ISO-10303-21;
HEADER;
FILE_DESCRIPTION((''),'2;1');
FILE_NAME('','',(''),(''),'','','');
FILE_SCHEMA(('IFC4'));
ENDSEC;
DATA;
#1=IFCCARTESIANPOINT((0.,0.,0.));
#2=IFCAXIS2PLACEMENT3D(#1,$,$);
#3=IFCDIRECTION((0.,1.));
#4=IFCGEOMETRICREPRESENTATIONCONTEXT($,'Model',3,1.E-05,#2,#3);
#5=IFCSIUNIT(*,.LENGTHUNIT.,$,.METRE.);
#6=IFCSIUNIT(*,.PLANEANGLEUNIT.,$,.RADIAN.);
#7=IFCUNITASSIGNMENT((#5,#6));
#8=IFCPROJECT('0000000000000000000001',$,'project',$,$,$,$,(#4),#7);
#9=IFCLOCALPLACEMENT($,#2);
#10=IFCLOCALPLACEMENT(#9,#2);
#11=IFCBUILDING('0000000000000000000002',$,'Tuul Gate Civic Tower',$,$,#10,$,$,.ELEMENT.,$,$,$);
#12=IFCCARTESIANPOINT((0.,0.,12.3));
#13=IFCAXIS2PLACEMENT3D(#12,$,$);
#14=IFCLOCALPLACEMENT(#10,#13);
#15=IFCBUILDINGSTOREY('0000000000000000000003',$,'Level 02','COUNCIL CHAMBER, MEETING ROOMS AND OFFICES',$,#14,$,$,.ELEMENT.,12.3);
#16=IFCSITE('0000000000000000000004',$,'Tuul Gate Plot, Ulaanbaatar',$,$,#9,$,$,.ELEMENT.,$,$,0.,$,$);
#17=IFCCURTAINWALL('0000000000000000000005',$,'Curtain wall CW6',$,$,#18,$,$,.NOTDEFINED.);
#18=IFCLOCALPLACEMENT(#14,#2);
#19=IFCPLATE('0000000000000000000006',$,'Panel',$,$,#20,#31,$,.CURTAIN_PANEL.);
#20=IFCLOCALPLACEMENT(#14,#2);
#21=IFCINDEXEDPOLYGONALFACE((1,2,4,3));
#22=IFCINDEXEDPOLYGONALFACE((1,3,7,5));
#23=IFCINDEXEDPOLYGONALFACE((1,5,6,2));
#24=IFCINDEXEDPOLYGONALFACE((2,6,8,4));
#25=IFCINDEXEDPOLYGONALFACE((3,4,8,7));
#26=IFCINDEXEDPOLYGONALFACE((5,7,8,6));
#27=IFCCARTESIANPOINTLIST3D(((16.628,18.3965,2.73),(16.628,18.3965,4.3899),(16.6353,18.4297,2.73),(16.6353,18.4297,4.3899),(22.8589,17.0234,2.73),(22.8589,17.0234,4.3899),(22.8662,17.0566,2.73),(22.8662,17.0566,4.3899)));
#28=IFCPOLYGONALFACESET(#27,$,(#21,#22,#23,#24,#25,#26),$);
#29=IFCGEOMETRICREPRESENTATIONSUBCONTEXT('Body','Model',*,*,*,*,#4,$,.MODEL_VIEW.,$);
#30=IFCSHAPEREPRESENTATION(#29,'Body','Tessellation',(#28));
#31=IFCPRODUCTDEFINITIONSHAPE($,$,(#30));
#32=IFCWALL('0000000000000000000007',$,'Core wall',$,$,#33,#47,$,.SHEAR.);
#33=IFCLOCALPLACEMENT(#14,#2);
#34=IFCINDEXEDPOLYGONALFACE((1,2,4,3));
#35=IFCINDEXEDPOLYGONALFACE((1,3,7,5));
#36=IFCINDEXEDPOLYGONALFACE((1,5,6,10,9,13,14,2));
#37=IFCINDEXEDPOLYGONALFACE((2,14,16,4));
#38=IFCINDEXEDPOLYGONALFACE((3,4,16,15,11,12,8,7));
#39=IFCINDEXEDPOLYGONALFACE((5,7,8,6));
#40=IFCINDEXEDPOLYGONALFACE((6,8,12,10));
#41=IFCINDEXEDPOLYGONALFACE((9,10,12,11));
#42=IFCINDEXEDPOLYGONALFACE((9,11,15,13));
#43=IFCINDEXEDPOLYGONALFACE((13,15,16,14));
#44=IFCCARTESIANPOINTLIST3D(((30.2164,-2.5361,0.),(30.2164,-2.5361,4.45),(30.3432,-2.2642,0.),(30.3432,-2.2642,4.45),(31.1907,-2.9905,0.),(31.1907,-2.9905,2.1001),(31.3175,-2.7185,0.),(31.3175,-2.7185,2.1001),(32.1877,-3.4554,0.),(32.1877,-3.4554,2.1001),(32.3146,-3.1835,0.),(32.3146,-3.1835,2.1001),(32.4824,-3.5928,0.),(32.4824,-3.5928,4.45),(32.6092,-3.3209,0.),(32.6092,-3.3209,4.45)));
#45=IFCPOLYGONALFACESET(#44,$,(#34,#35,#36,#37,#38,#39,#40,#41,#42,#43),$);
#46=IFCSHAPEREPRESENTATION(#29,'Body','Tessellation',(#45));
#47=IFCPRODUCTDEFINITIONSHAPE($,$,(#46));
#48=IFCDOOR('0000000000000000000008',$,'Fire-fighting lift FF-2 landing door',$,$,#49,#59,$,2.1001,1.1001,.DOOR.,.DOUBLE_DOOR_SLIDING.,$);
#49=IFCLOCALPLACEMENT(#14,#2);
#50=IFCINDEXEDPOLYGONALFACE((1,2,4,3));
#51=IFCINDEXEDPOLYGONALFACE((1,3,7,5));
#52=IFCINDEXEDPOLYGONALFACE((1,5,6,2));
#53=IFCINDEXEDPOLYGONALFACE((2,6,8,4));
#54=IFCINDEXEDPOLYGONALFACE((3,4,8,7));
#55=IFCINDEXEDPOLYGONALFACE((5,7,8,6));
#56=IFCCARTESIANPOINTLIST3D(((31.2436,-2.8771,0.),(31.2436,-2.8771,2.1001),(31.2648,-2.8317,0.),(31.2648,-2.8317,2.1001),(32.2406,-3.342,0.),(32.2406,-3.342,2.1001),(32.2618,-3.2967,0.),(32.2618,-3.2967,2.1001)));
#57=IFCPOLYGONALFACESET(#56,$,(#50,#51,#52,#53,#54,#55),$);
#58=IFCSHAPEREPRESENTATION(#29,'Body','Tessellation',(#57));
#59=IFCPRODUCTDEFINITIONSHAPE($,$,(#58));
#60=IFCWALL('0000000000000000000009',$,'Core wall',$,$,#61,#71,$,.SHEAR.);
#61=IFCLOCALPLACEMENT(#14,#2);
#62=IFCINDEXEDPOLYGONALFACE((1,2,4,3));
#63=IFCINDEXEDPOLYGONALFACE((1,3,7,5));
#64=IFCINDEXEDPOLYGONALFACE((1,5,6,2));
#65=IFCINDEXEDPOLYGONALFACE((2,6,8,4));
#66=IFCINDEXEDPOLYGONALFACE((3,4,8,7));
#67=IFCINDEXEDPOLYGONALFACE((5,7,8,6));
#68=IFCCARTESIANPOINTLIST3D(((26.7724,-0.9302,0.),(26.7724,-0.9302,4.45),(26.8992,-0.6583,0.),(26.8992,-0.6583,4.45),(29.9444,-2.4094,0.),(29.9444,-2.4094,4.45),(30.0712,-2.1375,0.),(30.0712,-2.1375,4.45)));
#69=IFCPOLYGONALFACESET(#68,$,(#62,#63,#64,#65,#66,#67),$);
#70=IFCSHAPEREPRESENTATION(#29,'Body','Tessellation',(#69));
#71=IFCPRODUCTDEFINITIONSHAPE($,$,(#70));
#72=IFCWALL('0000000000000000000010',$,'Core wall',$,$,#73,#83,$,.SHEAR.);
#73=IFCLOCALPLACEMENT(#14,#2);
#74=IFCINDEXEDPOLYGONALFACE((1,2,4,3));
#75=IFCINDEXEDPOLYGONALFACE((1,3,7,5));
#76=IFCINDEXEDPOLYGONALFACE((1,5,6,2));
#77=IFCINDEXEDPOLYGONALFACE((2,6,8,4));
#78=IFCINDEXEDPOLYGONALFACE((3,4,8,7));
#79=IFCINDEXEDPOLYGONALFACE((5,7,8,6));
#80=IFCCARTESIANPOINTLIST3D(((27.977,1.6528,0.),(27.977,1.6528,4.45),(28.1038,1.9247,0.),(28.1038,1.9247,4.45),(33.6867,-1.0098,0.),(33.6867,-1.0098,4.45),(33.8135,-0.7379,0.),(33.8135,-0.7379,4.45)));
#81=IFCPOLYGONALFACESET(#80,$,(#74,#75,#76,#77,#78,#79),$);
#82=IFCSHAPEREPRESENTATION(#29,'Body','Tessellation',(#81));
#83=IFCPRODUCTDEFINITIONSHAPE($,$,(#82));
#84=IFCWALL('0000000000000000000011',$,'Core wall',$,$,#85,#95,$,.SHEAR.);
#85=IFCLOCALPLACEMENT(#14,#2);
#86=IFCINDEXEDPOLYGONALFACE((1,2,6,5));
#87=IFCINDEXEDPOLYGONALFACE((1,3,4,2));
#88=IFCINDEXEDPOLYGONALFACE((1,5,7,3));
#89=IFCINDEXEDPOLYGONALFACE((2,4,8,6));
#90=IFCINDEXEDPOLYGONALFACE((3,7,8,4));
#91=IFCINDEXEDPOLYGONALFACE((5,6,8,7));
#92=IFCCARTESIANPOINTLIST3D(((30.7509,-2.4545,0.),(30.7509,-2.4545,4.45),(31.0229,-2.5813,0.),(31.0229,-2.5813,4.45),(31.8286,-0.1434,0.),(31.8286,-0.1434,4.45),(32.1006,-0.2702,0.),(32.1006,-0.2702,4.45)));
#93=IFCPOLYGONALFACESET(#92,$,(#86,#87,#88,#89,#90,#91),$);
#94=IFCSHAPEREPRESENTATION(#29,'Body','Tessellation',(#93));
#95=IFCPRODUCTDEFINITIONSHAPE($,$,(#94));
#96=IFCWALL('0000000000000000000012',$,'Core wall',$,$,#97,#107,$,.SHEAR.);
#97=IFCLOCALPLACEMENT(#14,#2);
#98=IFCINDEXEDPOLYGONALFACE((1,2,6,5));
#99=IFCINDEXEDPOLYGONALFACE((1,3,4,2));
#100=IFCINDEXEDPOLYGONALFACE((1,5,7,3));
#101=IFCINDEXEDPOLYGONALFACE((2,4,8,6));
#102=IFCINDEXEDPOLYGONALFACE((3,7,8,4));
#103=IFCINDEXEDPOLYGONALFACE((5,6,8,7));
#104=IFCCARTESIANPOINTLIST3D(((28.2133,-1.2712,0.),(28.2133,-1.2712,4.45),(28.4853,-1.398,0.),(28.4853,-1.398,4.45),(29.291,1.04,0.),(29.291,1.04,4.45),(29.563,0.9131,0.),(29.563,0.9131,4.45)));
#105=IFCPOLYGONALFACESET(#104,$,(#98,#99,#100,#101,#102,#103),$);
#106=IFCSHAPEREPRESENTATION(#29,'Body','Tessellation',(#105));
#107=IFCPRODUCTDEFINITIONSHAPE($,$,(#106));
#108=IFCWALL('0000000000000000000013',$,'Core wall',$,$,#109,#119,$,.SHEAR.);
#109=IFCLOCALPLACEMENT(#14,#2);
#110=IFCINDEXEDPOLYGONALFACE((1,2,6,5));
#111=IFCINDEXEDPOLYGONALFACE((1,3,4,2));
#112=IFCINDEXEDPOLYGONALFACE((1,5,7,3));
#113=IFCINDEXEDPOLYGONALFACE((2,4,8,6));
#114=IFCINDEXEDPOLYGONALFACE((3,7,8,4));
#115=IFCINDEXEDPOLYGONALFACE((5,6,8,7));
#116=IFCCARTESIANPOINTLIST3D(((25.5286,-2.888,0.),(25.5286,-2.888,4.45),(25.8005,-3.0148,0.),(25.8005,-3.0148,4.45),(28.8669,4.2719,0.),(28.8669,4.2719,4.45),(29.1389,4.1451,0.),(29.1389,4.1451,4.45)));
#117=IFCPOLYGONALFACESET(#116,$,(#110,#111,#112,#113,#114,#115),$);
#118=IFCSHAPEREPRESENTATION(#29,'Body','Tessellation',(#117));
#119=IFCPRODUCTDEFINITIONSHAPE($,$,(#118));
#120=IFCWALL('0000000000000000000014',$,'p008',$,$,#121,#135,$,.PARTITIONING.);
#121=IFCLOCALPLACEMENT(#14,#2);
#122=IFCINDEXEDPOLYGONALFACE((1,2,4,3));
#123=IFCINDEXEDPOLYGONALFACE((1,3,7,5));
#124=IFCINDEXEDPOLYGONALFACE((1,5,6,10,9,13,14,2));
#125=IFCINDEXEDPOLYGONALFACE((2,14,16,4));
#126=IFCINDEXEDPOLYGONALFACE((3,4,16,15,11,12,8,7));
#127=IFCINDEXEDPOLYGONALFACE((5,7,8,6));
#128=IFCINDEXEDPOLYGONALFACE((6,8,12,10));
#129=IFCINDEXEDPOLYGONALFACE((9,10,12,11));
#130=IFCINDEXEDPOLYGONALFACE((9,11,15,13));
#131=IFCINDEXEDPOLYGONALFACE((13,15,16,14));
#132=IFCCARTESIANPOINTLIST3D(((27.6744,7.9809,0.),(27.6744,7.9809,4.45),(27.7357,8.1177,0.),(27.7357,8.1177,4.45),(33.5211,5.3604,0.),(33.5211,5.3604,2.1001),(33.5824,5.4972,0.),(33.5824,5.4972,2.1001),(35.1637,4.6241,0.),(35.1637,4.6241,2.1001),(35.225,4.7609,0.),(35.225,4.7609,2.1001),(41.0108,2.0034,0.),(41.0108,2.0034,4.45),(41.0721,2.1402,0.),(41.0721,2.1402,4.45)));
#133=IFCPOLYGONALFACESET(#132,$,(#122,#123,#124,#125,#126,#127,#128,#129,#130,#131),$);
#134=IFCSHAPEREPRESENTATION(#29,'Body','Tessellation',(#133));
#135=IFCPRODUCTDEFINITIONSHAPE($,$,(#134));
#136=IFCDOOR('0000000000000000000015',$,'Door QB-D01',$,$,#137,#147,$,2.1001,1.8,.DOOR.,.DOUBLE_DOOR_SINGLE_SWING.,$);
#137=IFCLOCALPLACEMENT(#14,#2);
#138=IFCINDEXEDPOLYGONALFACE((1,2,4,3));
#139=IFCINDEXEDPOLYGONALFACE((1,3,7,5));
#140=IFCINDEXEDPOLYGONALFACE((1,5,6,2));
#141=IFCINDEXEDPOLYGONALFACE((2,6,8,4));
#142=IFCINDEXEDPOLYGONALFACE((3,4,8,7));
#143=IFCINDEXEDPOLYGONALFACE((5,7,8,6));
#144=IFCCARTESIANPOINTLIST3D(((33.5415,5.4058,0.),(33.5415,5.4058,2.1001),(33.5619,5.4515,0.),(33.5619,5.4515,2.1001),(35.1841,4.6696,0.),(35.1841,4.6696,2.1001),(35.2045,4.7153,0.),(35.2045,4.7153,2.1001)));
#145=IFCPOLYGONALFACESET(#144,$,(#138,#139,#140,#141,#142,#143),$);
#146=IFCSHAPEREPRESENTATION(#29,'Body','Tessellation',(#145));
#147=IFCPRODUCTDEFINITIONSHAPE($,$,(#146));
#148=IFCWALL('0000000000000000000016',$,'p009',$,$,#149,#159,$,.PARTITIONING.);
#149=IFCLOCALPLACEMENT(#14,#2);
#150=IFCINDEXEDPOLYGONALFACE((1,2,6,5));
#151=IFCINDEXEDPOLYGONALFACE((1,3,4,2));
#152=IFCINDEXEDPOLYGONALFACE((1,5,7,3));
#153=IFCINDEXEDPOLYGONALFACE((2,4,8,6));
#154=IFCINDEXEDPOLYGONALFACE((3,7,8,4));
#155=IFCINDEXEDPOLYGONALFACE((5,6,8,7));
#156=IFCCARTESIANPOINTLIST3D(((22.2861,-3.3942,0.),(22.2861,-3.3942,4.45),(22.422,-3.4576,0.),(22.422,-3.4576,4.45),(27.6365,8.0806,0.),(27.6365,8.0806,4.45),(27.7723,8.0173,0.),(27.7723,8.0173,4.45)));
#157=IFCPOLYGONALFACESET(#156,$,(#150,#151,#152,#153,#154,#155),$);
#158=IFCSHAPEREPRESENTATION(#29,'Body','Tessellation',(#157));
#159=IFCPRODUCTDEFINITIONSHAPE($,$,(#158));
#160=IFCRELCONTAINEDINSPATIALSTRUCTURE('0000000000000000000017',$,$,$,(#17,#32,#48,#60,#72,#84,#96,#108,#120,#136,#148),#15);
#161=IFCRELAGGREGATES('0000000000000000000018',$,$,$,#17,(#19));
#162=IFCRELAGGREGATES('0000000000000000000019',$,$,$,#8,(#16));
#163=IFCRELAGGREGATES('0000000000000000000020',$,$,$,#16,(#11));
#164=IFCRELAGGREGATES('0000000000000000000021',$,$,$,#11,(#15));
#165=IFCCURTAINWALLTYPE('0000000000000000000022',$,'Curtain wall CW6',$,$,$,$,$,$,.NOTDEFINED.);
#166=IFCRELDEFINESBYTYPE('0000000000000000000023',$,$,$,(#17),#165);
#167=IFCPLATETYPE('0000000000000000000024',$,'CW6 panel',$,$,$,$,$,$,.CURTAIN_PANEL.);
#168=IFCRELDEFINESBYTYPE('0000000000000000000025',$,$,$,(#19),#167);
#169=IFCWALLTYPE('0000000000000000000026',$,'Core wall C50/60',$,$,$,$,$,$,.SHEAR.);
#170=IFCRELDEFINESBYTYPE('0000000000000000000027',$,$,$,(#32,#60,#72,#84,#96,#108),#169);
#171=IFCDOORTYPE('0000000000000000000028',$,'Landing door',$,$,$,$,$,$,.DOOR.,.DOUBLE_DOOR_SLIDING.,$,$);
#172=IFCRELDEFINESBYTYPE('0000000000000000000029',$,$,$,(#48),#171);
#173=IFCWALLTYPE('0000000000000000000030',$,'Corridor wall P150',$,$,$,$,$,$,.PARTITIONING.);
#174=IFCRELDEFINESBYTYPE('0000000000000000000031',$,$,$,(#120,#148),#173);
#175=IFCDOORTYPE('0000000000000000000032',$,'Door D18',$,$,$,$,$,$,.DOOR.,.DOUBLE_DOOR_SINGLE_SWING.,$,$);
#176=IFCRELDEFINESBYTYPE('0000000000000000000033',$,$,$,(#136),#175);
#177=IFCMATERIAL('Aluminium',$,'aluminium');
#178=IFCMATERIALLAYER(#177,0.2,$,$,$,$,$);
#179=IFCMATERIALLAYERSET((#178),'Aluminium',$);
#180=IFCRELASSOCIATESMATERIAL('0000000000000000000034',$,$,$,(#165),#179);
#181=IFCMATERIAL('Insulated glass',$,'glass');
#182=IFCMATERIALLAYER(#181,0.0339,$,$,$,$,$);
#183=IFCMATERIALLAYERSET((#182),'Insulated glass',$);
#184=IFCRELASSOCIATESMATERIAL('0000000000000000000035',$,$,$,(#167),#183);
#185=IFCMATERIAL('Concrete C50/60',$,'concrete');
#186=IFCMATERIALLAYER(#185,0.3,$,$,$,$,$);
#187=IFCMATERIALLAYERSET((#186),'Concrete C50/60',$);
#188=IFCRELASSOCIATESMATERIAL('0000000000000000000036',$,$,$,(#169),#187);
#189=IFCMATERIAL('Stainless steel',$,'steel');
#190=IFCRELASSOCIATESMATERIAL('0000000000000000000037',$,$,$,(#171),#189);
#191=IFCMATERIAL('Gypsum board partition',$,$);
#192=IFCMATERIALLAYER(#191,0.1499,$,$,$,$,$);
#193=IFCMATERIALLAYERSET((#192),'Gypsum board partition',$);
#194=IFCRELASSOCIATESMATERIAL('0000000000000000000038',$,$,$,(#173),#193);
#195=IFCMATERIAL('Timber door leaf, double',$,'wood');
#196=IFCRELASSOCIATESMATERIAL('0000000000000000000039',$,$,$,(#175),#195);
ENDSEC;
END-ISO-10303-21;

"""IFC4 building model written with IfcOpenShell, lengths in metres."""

from ifc_helpers import new_model, si_unit, direction, frame, frame_2d, origin, origin_2d, place, context, subcontext, project, spatial, rectangle, extrude, material, layer, layer_set, type_object, element, fill, aggregate, save


model = new_model("IFC4")

# Units and contexts
model_context = context("Model", 3, precision=1e-05, world=origin(), true_north=direction((0.0, 1.0)))
body_context = subcontext(model_context, "Body", "Model", "MODEL_VIEW")
ifc_project = project(units=[si_unit("LENGTHUNIT", "METRE"), si_unit("PLANEANGLEUNIT", "RADIAN")], contexts=[model_context])

# Site, building, storey
site_placement = place(None, origin())
site = spatial("IfcSite", under=ifc_project, at=site_placement, Name="Tuul Gate Plot, Ulaanbaatar", CompositionType="ELEMENT", RefElevation=0.0)
building_placement = place(site_placement, origin())
building = spatial("IfcBuilding", under=site, at=building_placement, Name="Tuul Gate Civic Tower", CompositionType="ELEMENT")
storey_placement = place(building_placement, frame((0.0, 0.0, 12.3)))
storey = spatial("IfcBuildingStorey", under=building, at=storey_placement, Name="Level 02", Description="COUNCIL CHAMBER, MEETING ROOMS AND OFFICES", CompositionType="ELEMENT", Elevation=12.3)

# Curtain wall
ifc_material_1 = material(Name="Aluminium", Category="aluminium")
ifc_layer_1 = layer(ifc_material_1, 0.2)
ifc_layer_set_1 = layer_set([ifc_layer_1], Name="Aluminium")
curtain_wall_type = type_object("IfcCurtainWallType", Name="Curtain wall CW6", PredefinedType="NOTDEFINED", material=ifc_layer_set_1)
curtain_wall_placement = place(storey_placement, origin())
curtain_wall = element("IfcCurtainWall", 1, at=curtain_wall_placement, inside=storey, type_object=curtain_wall_type, Name="Curtain wall CW6", PredefinedType="NOTDEFINED")

# Plate
ifc_material_2 = material(Name="Insulated glass", Category="glass")
ifc_layer_2 = layer(ifc_material_2, 0.0339)
ifc_layer_set_2 = layer_set([ifc_layer_2], Name="Insulated glass")
plate_type = type_object("IfcPlateType", Name="CW6 panel", PredefinedType="CURTAIN_PANEL", material=ifc_layer_set_2)
plate_1_placement = place(storey_placement, frame((19.7471, 17.7266, 2.73), z_axis=(0.0, 0.0, 1.0), x_axis=(-0.976569, 0.215207, 0.0)))
plate_1 = element("IfcPlate", 2, at=plate_1_placement, type_object=plate_type, Name="Panel", PredefinedType="CURTAIN_PANEL", context=body_context, shape_type="SweptSolid", body=[
    extrude(rectangle(XDim=6.3804, YDim=0.0339, at=origin_2d()), origin(), (0.0, 0.0, 1.0), 1.6599),
])
aggregate(curtain_wall, [plate_1])

# Wall, opening, door
ifc_material_3 = material(Name="Concrete C50/60", Category="concrete")
ifc_layer_3 = layer(ifc_material_3, 0.3)
ifc_layer_set_3 = layer_set([ifc_layer_3], Name="Concrete C50/60")
wall_type_1 = type_object("IfcWallType", Name="Core wall C50/60", PredefinedType="SHEAR", material=ifc_layer_set_3)
wall_1_placement = place(storey_placement, frame((32.5457, -3.4568, 0.0), z_axis=(0.0, 0.0, 1.0), x_axis=(-0.9063, 0.422634, 0.0)))
wall_1 = element("IfcWall", 3, at=wall_1_placement, inside=storey, type_object=wall_type_1, Name="Core wall", PredefinedType="SHEAR", context=body_context, shape_type="SweptSolid", body=[
    extrude(rectangle(XDim=2.5002, YDim=0.3, at=frame_2d((1.25, 0.0))), origin(), (0.0, 0.0, 1.0), 4.45),
])
opening_1_placement = place(wall_1_placement, frame((0.325, 0.0, 0.0)))
opening_1 = element("IfcOpeningElement", 4, at=opening_1_placement, cuts=wall_1, PredefinedType="OPENING", context=body_context, shape_type="SweptSolid", body=[
    extrude(rectangle(XDim=1.1001, YDim=2.1001, at=frame_2d((0.55, 1.05))), frame((0.0, 0.1602, 0.0), z_axis=(0.0, -1.0, 0.0), x_axis=(1.0, 0.0, 0.0)), (0.0, 0.0, 1.0), 0.3201),
])
ifc_material_4 = material(Name="Stainless steel", Category="steel")
door_type_1 = type_object("IfcDoorType", Name="Landing door", OperationType="DOUBLE_DOOR_SLIDING", PredefinedType="DOOR", material=ifc_material_4)
door_1_placement = place(opening_1_placement, origin())
door_1 = element("IfcDoor", 5, at=door_1_placement, inside=storey, type_object=door_type_1, Name="Fire-fighting lift FF-2 landing door", OperationType="DOUBLE_DOOR_SLIDING", OverallHeight=2.1001, OverallWidth=1.1001, PredefinedType="DOOR", context=body_context, shape_type="SweptSolid", body=[
    extrude(rectangle(XDim=1.1001, YDim=2.1001, at=frame_2d((0.55, 1.05))), frame((0.0, 0.0249, 0.0), z_axis=(0.0, -1.0, 0.0), x_axis=(1.0, 0.0, 0.0)), (0.0, 0.0, 1.0), 0.05),
])
fill(opening_1, door_1)

# Walls
wall_2_placement = place(storey_placement, frame((30.0078, -2.2734, 0.0), z_axis=(0.0, 0.0, 1.0), x_axis=(-0.906301, 0.422633, 0.0)))
element("IfcWall", 6, at=wall_2_placement, inside=storey, type_object=wall_type_1, Name="Core wall", PredefinedType="SHEAR", context=body_context, shape_type="SweptSolid", body=[
    extrude(rectangle(XDim=3.5, YDim=0.3, at=frame_2d((1.75, 0.0))), origin(), (0.0, 0.0, 1.0), 4.45),
])
wall_3_placement = place(storey_placement, frame((33.75, -0.8738, 0.0), z_axis=(0.0, 0.0, 1.0), x_axis=(-0.906301, 0.422633, 0.0)))
element("IfcWall", 7, at=wall_3_placement, inside=storey, type_object=wall_type_1, Name="Core wall", PredefinedType="SHEAR", context=body_context, shape_type="SweptSolid", body=[
    extrude(rectangle(XDim=6.3, YDim=0.3, at=frame_2d((3.1499, 0.0))), origin(), (0.0, 0.0, 1.0), 4.45),
])
for number, where, z_axis, x_axis, name in (
    (8, (30.887, -2.5178, 0.0), (0.0, 0.0, 1.0), (0.422613, 0.90631, 0.0), "Core wall"),
    (9, (28.3494, -1.3345, 0.0), (0.0, 0.0, 1.0), (0.422613, 0.90631, 0.0), "Core wall"),
):
    element("IfcWall", number, at=place(storey_placement, frame(where, z_axis=z_axis, x_axis=x_axis)), inside=storey, type_object=wall_type_1, Name=name, PredefinedType="SHEAR", context=body_context, shape_type="SweptSolid", body=[
        extrude(rectangle(XDim=2.55, YDim=0.3, at=frame_2d((1.2749, 0.0))), origin(), (0.0, 0.0, 1.0), 4.45),
    ])
wall_4_placement = place(storey_placement, frame((25.6646, -2.9514, 0.0), z_axis=(0.0, 0.0, 1.0), x_axis=(0.422583, 0.906324, 0.0)))
element("IfcWall", 10, at=wall_4_placement, inside=storey, type_object=wall_type_1, Name="Core wall", PredefinedType="SHEAR", context=body_context, shape_type="SweptSolid", body=[
    extrude(rectangle(XDim=7.8999, YDim=0.3, at=frame_2d((3.95, 0.0))), origin(), (0.0, 0.0, 1.0), 4.45),
])

# Wall, opening, door
ifc_material_5 = material(Name="Gypsum board partition")
ifc_layer_4 = layer(ifc_material_5, 0.1499)
ifc_layer_set_4 = layer_set([ifc_layer_4], Name="Gypsum board partition")
wall_type_2 = type_object("IfcWallType", Name="Corridor wall P150", PredefinedType="PARTITIONING", material=ifc_layer_set_4)
wall_5_placement = place(storey_placement, frame((27.7051, 8.0493, 0.0), z_axis=(0.0, 0.0, 1.0), x_axis=(0.912531, -0.409007, 0.0)))
wall_5 = element("IfcWall", 11, at=wall_5_placement, inside=storey, type_object=wall_type_2, Name="p008", PredefinedType="PARTITIONING", context=body_context, shape_type="SweptSolid", body=[
    extrude(rectangle(XDim=14.6147, YDim=0.1499, at=frame_2d((7.3074, 0.0))), origin(), (0.0, 0.0, 1.0), 4.45),
])
opening_2_placement = place(wall_5_placement, frame((6.4072, 0.0, 0.0)))
opening_2 = element("IfcOpeningElement", 12, at=opening_2_placement, cuts=wall_5, PredefinedType="OPENING", context=body_context, shape_type="SweptSolid", body=[
    extrude(rectangle(XDim=1.8, YDim=2.1001, at=frame_2d((0.8999, 1.05))), frame((0.0, 0.085, 0.0), z_axis=(0.0, -1.0, 0.0), x_axis=(1.0, 0.0, 0.0)), (0.0, 0.0, 1.0), 0.1699),
])
ifc_material_6 = material(Name="Timber door leaf, double", Category="wood")
door_type_2 = type_object("IfcDoorType", Name="Door D18", OperationType="DOUBLE_DOOR_SINGLE_SWING", PredefinedType="DOOR", material=ifc_material_6)
door_2_placement = place(opening_2_placement, origin())
door_2 = element("IfcDoor", 13, at=door_2_placement, inside=storey, type_object=door_type_2, Name="Door QB-D01", OperationType="DOUBLE_DOOR_SINGLE_SWING", OverallHeight=2.1001, OverallWidth=1.8, PredefinedType="DOOR", context=body_context, shape_type="SweptSolid", body=[
    extrude(rectangle(XDim=1.8, YDim=2.1001, at=frame_2d((0.8999, 1.05))), frame((0.0, 0.0249, 0.0), z_axis=(0.0, -1.0, 0.0), x_axis=(1.0, 0.0, 0.0)), (0.0, 0.0, 1.0), 0.05),
])
fill(opening_2, door_2)

# Wall
wall_6_placement = place(storey_placement, frame((22.354, -3.426, 0.0), z_axis=(0.0, 0.0, 1.0), x_axis=(0.422588, 0.906322, 0.0)))
element("IfcWall", 14, at=wall_6_placement, inside=storey, type_object=wall_type_2, Name="p009", PredefinedType="PARTITIONING", context=body_context, shape_type="SweptSolid", body=[
    extrude(rectangle(XDim=12.6609, YDim=0.1499, at=frame_2d((6.3306, 0.0))), origin(), (0.0, 0.0, 1.0), 4.45),
])

save(model, "model.ifc")
